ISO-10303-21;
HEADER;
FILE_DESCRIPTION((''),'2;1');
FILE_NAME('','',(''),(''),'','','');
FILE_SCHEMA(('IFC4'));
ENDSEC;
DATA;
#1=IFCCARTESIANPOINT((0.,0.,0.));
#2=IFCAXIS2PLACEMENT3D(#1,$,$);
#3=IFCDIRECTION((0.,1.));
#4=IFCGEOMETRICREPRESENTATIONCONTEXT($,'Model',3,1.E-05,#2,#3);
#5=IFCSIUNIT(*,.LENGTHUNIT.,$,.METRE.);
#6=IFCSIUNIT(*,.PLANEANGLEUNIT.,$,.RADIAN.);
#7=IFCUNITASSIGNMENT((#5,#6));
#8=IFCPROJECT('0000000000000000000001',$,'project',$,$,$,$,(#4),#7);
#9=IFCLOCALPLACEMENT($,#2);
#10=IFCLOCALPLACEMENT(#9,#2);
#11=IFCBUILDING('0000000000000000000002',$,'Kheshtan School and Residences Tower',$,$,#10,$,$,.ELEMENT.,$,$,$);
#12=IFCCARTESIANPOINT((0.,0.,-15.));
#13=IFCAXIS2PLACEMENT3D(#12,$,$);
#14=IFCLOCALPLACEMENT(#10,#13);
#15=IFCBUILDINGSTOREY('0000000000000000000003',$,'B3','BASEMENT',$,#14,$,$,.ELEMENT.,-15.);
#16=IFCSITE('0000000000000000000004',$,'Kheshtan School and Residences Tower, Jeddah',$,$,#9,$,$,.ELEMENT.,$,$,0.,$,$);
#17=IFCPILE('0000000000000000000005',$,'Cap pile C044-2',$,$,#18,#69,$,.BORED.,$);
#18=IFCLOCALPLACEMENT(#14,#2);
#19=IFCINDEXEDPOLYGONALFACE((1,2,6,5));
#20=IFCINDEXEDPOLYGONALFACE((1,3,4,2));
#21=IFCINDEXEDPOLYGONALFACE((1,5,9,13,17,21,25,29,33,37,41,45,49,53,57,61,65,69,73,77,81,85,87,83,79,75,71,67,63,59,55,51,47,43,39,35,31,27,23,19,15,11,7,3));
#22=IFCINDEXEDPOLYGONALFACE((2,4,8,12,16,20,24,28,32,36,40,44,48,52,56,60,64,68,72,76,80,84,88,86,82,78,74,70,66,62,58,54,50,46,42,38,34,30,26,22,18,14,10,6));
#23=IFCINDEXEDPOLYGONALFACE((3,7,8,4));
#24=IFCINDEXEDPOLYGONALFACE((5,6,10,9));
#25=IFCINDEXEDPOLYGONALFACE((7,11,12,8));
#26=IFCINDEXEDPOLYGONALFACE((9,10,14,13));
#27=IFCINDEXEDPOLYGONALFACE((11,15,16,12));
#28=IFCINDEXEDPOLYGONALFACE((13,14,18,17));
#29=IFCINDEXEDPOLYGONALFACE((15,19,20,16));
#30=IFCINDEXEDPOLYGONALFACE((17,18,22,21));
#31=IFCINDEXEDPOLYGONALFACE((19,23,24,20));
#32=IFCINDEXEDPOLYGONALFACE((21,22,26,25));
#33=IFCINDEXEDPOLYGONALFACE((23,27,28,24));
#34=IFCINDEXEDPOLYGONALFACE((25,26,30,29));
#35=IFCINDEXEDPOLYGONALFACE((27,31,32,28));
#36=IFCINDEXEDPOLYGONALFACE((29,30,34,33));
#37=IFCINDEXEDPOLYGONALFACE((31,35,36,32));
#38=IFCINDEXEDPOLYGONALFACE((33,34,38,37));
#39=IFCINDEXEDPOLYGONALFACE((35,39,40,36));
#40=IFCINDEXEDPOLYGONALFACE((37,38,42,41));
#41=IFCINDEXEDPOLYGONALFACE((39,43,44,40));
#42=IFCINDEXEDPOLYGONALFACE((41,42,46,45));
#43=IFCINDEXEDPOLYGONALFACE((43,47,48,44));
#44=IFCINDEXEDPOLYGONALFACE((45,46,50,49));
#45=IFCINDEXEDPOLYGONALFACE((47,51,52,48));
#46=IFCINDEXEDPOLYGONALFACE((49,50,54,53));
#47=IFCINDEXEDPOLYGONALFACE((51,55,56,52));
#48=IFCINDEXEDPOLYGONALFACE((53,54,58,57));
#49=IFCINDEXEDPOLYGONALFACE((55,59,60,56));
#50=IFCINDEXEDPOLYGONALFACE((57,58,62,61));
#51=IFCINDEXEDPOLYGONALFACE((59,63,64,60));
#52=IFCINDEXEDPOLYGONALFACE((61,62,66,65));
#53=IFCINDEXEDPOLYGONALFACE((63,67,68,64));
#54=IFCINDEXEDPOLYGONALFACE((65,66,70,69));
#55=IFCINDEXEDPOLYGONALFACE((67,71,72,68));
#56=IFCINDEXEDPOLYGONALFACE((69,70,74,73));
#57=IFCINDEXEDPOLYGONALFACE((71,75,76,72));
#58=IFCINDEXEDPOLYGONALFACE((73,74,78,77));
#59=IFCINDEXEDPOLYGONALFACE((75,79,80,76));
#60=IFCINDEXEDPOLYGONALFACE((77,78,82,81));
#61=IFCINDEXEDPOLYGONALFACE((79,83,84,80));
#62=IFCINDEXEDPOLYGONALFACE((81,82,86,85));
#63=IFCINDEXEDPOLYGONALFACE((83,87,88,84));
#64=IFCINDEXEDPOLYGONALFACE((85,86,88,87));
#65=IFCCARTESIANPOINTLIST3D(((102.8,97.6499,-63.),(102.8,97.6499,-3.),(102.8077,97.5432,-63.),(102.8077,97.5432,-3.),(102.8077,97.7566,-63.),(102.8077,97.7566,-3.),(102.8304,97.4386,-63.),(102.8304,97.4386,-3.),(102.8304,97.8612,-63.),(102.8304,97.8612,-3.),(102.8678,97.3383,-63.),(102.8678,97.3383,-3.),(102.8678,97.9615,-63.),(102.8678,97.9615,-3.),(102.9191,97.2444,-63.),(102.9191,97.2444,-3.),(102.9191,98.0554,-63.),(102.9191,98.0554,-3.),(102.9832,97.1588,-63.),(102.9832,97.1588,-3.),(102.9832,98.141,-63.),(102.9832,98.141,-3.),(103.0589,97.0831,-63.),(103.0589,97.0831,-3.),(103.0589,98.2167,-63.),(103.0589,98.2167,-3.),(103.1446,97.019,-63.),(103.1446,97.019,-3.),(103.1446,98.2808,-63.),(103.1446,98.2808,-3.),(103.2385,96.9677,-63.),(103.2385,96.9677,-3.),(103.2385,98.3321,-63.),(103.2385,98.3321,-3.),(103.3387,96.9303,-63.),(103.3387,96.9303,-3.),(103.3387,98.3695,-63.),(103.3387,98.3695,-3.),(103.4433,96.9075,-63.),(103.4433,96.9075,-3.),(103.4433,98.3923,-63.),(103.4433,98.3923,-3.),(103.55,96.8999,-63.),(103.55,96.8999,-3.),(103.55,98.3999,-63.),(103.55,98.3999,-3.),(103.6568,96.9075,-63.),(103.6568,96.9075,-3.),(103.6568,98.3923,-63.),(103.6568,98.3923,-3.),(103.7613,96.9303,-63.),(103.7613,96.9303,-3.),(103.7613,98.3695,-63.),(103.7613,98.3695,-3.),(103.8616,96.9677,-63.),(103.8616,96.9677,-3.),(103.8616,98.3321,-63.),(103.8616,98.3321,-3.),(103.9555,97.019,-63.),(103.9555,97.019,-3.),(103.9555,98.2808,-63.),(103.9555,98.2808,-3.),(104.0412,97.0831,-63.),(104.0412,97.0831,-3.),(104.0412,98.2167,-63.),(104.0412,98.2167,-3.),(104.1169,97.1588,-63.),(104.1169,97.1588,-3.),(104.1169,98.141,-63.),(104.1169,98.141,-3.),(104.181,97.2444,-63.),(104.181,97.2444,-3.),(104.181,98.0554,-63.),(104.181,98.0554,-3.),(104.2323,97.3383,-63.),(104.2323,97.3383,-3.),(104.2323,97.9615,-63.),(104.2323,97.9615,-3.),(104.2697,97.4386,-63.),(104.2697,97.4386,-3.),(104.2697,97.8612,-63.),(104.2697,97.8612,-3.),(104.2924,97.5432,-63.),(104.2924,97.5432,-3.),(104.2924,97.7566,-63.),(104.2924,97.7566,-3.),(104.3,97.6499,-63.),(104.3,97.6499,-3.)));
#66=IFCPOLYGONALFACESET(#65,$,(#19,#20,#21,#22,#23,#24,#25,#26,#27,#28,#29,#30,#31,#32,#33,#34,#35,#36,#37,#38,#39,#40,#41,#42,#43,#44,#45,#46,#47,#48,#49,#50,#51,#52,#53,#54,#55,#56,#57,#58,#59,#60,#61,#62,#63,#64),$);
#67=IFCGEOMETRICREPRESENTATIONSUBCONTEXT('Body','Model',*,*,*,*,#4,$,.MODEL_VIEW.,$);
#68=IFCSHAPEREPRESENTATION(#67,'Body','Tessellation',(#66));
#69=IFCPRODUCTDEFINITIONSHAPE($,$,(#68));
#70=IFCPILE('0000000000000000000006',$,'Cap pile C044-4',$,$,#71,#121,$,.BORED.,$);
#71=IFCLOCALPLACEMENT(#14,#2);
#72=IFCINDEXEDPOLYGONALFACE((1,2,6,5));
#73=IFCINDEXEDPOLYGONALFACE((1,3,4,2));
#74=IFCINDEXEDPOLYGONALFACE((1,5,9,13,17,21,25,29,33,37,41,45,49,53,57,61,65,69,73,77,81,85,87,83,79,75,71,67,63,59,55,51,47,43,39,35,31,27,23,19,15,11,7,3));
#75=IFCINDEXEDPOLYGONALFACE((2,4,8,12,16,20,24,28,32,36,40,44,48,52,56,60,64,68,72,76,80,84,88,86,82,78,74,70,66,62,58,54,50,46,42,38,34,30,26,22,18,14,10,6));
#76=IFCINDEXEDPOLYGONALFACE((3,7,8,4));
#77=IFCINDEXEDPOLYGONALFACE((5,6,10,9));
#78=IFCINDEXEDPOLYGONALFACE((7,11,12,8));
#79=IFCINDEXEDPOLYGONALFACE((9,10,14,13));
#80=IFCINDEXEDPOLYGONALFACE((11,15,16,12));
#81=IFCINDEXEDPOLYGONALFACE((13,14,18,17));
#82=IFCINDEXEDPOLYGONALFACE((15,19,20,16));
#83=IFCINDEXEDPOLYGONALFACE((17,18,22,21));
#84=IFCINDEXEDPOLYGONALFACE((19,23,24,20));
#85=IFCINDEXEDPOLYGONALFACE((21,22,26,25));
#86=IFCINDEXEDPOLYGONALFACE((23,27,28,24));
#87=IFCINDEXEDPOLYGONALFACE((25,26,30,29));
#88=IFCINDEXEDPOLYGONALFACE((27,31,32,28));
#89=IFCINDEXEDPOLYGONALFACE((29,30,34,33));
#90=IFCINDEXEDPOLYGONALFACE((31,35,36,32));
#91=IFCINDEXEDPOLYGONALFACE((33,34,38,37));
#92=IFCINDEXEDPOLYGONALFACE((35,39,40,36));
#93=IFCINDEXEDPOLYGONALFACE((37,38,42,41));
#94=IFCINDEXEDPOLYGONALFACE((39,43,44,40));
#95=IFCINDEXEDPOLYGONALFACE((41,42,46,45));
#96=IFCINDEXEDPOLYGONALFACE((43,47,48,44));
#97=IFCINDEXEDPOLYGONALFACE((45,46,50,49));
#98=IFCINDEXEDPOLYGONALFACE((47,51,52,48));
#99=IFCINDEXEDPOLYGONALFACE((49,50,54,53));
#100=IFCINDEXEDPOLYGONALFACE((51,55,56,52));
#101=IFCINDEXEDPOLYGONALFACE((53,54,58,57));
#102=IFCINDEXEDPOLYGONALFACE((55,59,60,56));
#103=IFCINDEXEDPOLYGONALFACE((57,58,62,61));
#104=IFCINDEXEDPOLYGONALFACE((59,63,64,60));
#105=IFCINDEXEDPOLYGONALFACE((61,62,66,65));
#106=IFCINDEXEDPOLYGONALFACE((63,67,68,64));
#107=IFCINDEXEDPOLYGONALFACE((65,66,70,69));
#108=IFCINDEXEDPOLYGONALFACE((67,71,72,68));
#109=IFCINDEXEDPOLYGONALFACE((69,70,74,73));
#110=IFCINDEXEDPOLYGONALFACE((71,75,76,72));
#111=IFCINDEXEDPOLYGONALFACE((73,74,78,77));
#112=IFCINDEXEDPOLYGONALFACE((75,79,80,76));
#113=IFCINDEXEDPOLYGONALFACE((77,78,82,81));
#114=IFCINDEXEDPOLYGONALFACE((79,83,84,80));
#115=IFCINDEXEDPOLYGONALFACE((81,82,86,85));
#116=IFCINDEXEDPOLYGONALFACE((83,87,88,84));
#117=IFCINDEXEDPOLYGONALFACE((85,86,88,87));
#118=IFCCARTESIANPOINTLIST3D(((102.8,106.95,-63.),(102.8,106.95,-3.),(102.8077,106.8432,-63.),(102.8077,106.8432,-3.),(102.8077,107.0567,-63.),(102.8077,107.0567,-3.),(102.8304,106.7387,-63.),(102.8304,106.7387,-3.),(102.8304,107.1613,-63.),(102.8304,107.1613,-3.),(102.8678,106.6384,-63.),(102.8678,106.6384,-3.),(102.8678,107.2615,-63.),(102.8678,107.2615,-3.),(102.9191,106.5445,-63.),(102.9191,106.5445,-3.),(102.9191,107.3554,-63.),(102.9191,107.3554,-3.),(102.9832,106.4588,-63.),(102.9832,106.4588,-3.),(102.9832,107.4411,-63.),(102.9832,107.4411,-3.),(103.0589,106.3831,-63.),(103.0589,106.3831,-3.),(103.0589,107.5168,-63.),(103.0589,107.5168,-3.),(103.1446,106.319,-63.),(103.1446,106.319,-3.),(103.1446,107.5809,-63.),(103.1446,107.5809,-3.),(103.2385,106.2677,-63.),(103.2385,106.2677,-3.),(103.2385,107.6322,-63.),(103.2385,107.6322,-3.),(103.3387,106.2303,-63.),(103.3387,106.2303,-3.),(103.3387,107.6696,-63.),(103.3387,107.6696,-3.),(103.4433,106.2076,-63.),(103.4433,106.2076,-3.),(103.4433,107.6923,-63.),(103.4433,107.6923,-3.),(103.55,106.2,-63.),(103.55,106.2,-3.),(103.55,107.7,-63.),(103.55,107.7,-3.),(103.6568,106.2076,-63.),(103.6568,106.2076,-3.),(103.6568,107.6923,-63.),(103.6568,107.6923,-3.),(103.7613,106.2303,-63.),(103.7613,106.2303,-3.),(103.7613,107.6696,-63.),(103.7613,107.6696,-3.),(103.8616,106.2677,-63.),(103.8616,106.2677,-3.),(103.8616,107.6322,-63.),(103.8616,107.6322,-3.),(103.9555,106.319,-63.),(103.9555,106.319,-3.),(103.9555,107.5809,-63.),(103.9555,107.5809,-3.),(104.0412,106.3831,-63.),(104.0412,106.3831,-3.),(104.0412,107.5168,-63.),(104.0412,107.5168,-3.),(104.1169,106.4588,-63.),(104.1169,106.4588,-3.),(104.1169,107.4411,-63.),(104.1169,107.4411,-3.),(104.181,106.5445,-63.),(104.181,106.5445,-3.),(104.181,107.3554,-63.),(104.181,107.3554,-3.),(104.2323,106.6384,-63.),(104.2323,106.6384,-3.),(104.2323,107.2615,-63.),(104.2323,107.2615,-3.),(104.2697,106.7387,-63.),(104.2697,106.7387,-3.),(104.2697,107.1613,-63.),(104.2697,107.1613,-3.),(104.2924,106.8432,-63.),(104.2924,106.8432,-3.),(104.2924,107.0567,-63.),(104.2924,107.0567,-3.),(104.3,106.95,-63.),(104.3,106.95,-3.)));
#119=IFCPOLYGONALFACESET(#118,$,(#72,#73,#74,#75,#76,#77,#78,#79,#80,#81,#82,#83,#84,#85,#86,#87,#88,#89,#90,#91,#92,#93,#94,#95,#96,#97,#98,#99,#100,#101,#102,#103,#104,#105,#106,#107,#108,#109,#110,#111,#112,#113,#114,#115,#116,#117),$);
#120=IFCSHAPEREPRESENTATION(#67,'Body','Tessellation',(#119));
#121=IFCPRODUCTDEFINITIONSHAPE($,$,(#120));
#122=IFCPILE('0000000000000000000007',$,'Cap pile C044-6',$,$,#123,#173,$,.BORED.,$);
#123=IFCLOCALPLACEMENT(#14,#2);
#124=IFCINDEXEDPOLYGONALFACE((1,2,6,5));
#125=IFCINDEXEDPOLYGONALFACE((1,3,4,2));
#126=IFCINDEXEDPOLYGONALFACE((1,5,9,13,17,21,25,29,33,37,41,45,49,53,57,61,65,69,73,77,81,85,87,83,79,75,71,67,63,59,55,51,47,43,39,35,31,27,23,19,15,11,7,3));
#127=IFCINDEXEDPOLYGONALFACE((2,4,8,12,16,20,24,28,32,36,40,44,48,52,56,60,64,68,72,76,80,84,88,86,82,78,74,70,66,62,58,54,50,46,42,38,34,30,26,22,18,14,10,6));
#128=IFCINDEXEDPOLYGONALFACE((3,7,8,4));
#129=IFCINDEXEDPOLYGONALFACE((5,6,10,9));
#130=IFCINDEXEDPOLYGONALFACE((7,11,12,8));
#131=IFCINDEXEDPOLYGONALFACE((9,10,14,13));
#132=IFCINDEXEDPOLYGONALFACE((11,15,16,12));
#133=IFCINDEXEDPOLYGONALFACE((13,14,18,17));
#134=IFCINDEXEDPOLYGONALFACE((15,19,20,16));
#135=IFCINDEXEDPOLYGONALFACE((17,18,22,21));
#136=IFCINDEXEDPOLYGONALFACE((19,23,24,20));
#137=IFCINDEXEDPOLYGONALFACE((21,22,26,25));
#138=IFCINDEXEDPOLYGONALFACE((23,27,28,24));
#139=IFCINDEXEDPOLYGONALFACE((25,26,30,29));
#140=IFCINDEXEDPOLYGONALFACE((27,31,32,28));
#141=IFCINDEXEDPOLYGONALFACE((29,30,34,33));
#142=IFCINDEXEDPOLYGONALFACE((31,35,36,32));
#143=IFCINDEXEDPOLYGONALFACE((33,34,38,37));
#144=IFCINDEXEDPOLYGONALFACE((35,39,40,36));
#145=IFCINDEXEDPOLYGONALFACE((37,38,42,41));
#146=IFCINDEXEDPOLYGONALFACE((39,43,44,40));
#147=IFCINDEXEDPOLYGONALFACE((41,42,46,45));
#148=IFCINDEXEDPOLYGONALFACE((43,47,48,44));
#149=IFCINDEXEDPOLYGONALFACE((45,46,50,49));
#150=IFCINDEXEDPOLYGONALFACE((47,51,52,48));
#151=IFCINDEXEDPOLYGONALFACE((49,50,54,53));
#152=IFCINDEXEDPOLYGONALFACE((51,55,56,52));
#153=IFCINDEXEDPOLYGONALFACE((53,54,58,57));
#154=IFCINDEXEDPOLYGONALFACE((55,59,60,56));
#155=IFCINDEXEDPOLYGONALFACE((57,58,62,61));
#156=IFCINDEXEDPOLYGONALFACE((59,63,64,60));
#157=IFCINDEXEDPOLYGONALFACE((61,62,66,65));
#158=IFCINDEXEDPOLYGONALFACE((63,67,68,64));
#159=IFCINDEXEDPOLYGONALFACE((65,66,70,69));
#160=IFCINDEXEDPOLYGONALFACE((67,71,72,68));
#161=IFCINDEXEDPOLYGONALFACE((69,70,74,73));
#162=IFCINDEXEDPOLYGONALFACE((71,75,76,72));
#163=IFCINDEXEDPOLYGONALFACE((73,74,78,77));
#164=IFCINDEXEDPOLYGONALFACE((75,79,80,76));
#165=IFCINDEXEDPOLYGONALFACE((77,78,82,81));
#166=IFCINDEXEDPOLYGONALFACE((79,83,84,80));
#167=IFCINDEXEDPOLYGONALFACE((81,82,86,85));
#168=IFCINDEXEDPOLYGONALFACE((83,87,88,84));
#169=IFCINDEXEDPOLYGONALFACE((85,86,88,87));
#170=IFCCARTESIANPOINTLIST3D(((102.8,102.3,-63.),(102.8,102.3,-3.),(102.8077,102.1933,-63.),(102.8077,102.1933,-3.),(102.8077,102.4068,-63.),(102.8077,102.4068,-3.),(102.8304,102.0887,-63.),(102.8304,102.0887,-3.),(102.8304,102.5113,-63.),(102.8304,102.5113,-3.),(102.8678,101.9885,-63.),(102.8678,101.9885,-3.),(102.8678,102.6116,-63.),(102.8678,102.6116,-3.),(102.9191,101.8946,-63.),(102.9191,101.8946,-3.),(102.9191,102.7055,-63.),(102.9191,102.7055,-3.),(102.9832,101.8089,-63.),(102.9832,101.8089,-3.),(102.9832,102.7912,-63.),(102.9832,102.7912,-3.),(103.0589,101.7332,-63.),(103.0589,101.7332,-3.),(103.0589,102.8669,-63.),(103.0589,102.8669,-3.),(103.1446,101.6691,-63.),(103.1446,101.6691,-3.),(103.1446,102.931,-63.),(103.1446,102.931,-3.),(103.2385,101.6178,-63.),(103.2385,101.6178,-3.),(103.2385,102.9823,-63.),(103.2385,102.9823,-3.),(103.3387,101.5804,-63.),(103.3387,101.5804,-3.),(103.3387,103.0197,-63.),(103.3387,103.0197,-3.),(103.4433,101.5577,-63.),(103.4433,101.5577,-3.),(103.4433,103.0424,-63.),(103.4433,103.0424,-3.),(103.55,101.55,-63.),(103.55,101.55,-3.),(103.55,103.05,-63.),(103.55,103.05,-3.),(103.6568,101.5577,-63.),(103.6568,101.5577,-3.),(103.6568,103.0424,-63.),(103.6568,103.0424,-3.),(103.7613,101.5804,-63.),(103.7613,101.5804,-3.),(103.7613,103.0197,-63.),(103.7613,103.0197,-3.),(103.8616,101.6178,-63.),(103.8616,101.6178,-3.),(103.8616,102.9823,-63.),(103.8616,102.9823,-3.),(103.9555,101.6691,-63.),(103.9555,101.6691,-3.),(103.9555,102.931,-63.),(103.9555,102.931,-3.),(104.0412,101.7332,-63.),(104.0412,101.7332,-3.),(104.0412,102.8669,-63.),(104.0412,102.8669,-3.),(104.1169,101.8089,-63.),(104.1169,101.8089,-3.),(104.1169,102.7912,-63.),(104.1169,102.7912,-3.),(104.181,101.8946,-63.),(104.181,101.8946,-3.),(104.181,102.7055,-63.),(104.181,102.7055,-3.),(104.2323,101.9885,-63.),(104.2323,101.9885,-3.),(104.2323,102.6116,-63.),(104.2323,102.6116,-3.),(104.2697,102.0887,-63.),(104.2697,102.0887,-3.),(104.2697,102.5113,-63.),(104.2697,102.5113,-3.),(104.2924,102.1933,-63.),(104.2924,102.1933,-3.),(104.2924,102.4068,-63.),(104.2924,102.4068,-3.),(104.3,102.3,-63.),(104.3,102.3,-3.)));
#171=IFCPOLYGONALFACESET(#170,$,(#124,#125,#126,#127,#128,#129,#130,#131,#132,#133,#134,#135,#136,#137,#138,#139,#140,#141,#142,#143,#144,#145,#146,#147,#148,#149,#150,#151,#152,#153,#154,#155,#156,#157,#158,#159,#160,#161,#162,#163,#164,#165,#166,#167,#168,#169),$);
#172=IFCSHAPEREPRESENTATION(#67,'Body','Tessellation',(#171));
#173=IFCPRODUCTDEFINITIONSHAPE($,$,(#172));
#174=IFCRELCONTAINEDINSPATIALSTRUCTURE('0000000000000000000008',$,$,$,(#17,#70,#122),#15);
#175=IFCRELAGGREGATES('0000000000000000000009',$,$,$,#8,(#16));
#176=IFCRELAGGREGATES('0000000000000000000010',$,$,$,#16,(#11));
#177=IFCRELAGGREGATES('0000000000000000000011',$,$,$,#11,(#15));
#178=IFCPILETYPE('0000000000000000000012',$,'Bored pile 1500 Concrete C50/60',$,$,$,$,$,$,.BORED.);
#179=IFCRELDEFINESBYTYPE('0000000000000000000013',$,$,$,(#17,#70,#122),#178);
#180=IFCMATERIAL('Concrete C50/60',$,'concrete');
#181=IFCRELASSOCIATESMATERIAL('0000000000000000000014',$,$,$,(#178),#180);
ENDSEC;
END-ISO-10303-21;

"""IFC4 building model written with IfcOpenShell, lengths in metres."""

from ifc_helpers import new_model, si_unit, direction, frame, origin, origin_2d, place, context, subcontext, project, spatial, circle, extrude, material, material_profile, profile_set, type_object, element, save


model = new_model("IFC4")

# Units and contexts
model_context = context("Model", 3, precision=1e-05, world=origin(), true_north=direction((0.0, 1.0)))
body_context = subcontext(model_context, "Body", "Model", "MODEL_VIEW")
ifc_project = project(units=[si_unit("LENGTHUNIT", "METRE"), si_unit("PLANEANGLEUNIT", "RADIAN")], contexts=[model_context])

# Site, building, storey
site_placement = place(None, origin())
site = spatial("IfcSite", under=ifc_project, at=site_placement, Name="Kheshtan School and Residences Tower, Jeddah", CompositionType="ELEMENT", RefElevation=0.0)
building_placement = place(site_placement, origin())
building = spatial("IfcBuilding", under=site, at=building_placement, Name="Kheshtan School and Residences Tower", CompositionType="ELEMENT")
storey_placement = place(building_placement, frame((0.0, 0.0, -15.0)))
storey = spatial("IfcBuildingStorey", under=building, at=storey_placement, Name="B3", Description="BASEMENT", CompositionType="ELEMENT", Elevation=-15.0)

# Piles
ifc_material_1 = material(Name="Concrete C50/60", Category="concrete")
ifc_material_profile_1 = material_profile(ifc_material_1, circle(Radius=0.75, at=origin_2d()), Name="BP 1500")
ifc_profile_set_1 = profile_set([ifc_material_profile_1], Name="Concrete C50/60")
pile_type = type_object("IfcPileType", Name="Bored pile 1500 Concrete C50/60", PredefinedType="BORED", material=ifc_profile_set_1)
for number, where, z_axis, x_axis, name in (
    (1, (103.55, 97.6499, -3.0), (0.0, 0.0, -1.0), (1.0, 0.0, 0.0), "Cap pile C044-2"),
    (2, (103.55, 106.95, -3.0), (0.0, 0.0, -1.0), (1.0, 0.0, 0.0), "Cap pile C044-4"),
    (3, (103.55, 102.3, -3.0), (0.0, 0.0, -1.0), (1.0, 0.0, 0.0), "Cap pile C044-6"),
):
    element("IfcPile", number, at=place(storey_placement, frame(where, z_axis=z_axis, x_axis=x_axis)), inside=storey, type_object=pile_type, Name=name, PredefinedType="BORED", context=body_context, shape_type="SweptSolid", body=[
        extrude(circle(Radius=0.75, at=origin_2d()), origin(), (0.0, 0.0, 1.0), 60.0),
    ])

save(model, "model.ifc")
